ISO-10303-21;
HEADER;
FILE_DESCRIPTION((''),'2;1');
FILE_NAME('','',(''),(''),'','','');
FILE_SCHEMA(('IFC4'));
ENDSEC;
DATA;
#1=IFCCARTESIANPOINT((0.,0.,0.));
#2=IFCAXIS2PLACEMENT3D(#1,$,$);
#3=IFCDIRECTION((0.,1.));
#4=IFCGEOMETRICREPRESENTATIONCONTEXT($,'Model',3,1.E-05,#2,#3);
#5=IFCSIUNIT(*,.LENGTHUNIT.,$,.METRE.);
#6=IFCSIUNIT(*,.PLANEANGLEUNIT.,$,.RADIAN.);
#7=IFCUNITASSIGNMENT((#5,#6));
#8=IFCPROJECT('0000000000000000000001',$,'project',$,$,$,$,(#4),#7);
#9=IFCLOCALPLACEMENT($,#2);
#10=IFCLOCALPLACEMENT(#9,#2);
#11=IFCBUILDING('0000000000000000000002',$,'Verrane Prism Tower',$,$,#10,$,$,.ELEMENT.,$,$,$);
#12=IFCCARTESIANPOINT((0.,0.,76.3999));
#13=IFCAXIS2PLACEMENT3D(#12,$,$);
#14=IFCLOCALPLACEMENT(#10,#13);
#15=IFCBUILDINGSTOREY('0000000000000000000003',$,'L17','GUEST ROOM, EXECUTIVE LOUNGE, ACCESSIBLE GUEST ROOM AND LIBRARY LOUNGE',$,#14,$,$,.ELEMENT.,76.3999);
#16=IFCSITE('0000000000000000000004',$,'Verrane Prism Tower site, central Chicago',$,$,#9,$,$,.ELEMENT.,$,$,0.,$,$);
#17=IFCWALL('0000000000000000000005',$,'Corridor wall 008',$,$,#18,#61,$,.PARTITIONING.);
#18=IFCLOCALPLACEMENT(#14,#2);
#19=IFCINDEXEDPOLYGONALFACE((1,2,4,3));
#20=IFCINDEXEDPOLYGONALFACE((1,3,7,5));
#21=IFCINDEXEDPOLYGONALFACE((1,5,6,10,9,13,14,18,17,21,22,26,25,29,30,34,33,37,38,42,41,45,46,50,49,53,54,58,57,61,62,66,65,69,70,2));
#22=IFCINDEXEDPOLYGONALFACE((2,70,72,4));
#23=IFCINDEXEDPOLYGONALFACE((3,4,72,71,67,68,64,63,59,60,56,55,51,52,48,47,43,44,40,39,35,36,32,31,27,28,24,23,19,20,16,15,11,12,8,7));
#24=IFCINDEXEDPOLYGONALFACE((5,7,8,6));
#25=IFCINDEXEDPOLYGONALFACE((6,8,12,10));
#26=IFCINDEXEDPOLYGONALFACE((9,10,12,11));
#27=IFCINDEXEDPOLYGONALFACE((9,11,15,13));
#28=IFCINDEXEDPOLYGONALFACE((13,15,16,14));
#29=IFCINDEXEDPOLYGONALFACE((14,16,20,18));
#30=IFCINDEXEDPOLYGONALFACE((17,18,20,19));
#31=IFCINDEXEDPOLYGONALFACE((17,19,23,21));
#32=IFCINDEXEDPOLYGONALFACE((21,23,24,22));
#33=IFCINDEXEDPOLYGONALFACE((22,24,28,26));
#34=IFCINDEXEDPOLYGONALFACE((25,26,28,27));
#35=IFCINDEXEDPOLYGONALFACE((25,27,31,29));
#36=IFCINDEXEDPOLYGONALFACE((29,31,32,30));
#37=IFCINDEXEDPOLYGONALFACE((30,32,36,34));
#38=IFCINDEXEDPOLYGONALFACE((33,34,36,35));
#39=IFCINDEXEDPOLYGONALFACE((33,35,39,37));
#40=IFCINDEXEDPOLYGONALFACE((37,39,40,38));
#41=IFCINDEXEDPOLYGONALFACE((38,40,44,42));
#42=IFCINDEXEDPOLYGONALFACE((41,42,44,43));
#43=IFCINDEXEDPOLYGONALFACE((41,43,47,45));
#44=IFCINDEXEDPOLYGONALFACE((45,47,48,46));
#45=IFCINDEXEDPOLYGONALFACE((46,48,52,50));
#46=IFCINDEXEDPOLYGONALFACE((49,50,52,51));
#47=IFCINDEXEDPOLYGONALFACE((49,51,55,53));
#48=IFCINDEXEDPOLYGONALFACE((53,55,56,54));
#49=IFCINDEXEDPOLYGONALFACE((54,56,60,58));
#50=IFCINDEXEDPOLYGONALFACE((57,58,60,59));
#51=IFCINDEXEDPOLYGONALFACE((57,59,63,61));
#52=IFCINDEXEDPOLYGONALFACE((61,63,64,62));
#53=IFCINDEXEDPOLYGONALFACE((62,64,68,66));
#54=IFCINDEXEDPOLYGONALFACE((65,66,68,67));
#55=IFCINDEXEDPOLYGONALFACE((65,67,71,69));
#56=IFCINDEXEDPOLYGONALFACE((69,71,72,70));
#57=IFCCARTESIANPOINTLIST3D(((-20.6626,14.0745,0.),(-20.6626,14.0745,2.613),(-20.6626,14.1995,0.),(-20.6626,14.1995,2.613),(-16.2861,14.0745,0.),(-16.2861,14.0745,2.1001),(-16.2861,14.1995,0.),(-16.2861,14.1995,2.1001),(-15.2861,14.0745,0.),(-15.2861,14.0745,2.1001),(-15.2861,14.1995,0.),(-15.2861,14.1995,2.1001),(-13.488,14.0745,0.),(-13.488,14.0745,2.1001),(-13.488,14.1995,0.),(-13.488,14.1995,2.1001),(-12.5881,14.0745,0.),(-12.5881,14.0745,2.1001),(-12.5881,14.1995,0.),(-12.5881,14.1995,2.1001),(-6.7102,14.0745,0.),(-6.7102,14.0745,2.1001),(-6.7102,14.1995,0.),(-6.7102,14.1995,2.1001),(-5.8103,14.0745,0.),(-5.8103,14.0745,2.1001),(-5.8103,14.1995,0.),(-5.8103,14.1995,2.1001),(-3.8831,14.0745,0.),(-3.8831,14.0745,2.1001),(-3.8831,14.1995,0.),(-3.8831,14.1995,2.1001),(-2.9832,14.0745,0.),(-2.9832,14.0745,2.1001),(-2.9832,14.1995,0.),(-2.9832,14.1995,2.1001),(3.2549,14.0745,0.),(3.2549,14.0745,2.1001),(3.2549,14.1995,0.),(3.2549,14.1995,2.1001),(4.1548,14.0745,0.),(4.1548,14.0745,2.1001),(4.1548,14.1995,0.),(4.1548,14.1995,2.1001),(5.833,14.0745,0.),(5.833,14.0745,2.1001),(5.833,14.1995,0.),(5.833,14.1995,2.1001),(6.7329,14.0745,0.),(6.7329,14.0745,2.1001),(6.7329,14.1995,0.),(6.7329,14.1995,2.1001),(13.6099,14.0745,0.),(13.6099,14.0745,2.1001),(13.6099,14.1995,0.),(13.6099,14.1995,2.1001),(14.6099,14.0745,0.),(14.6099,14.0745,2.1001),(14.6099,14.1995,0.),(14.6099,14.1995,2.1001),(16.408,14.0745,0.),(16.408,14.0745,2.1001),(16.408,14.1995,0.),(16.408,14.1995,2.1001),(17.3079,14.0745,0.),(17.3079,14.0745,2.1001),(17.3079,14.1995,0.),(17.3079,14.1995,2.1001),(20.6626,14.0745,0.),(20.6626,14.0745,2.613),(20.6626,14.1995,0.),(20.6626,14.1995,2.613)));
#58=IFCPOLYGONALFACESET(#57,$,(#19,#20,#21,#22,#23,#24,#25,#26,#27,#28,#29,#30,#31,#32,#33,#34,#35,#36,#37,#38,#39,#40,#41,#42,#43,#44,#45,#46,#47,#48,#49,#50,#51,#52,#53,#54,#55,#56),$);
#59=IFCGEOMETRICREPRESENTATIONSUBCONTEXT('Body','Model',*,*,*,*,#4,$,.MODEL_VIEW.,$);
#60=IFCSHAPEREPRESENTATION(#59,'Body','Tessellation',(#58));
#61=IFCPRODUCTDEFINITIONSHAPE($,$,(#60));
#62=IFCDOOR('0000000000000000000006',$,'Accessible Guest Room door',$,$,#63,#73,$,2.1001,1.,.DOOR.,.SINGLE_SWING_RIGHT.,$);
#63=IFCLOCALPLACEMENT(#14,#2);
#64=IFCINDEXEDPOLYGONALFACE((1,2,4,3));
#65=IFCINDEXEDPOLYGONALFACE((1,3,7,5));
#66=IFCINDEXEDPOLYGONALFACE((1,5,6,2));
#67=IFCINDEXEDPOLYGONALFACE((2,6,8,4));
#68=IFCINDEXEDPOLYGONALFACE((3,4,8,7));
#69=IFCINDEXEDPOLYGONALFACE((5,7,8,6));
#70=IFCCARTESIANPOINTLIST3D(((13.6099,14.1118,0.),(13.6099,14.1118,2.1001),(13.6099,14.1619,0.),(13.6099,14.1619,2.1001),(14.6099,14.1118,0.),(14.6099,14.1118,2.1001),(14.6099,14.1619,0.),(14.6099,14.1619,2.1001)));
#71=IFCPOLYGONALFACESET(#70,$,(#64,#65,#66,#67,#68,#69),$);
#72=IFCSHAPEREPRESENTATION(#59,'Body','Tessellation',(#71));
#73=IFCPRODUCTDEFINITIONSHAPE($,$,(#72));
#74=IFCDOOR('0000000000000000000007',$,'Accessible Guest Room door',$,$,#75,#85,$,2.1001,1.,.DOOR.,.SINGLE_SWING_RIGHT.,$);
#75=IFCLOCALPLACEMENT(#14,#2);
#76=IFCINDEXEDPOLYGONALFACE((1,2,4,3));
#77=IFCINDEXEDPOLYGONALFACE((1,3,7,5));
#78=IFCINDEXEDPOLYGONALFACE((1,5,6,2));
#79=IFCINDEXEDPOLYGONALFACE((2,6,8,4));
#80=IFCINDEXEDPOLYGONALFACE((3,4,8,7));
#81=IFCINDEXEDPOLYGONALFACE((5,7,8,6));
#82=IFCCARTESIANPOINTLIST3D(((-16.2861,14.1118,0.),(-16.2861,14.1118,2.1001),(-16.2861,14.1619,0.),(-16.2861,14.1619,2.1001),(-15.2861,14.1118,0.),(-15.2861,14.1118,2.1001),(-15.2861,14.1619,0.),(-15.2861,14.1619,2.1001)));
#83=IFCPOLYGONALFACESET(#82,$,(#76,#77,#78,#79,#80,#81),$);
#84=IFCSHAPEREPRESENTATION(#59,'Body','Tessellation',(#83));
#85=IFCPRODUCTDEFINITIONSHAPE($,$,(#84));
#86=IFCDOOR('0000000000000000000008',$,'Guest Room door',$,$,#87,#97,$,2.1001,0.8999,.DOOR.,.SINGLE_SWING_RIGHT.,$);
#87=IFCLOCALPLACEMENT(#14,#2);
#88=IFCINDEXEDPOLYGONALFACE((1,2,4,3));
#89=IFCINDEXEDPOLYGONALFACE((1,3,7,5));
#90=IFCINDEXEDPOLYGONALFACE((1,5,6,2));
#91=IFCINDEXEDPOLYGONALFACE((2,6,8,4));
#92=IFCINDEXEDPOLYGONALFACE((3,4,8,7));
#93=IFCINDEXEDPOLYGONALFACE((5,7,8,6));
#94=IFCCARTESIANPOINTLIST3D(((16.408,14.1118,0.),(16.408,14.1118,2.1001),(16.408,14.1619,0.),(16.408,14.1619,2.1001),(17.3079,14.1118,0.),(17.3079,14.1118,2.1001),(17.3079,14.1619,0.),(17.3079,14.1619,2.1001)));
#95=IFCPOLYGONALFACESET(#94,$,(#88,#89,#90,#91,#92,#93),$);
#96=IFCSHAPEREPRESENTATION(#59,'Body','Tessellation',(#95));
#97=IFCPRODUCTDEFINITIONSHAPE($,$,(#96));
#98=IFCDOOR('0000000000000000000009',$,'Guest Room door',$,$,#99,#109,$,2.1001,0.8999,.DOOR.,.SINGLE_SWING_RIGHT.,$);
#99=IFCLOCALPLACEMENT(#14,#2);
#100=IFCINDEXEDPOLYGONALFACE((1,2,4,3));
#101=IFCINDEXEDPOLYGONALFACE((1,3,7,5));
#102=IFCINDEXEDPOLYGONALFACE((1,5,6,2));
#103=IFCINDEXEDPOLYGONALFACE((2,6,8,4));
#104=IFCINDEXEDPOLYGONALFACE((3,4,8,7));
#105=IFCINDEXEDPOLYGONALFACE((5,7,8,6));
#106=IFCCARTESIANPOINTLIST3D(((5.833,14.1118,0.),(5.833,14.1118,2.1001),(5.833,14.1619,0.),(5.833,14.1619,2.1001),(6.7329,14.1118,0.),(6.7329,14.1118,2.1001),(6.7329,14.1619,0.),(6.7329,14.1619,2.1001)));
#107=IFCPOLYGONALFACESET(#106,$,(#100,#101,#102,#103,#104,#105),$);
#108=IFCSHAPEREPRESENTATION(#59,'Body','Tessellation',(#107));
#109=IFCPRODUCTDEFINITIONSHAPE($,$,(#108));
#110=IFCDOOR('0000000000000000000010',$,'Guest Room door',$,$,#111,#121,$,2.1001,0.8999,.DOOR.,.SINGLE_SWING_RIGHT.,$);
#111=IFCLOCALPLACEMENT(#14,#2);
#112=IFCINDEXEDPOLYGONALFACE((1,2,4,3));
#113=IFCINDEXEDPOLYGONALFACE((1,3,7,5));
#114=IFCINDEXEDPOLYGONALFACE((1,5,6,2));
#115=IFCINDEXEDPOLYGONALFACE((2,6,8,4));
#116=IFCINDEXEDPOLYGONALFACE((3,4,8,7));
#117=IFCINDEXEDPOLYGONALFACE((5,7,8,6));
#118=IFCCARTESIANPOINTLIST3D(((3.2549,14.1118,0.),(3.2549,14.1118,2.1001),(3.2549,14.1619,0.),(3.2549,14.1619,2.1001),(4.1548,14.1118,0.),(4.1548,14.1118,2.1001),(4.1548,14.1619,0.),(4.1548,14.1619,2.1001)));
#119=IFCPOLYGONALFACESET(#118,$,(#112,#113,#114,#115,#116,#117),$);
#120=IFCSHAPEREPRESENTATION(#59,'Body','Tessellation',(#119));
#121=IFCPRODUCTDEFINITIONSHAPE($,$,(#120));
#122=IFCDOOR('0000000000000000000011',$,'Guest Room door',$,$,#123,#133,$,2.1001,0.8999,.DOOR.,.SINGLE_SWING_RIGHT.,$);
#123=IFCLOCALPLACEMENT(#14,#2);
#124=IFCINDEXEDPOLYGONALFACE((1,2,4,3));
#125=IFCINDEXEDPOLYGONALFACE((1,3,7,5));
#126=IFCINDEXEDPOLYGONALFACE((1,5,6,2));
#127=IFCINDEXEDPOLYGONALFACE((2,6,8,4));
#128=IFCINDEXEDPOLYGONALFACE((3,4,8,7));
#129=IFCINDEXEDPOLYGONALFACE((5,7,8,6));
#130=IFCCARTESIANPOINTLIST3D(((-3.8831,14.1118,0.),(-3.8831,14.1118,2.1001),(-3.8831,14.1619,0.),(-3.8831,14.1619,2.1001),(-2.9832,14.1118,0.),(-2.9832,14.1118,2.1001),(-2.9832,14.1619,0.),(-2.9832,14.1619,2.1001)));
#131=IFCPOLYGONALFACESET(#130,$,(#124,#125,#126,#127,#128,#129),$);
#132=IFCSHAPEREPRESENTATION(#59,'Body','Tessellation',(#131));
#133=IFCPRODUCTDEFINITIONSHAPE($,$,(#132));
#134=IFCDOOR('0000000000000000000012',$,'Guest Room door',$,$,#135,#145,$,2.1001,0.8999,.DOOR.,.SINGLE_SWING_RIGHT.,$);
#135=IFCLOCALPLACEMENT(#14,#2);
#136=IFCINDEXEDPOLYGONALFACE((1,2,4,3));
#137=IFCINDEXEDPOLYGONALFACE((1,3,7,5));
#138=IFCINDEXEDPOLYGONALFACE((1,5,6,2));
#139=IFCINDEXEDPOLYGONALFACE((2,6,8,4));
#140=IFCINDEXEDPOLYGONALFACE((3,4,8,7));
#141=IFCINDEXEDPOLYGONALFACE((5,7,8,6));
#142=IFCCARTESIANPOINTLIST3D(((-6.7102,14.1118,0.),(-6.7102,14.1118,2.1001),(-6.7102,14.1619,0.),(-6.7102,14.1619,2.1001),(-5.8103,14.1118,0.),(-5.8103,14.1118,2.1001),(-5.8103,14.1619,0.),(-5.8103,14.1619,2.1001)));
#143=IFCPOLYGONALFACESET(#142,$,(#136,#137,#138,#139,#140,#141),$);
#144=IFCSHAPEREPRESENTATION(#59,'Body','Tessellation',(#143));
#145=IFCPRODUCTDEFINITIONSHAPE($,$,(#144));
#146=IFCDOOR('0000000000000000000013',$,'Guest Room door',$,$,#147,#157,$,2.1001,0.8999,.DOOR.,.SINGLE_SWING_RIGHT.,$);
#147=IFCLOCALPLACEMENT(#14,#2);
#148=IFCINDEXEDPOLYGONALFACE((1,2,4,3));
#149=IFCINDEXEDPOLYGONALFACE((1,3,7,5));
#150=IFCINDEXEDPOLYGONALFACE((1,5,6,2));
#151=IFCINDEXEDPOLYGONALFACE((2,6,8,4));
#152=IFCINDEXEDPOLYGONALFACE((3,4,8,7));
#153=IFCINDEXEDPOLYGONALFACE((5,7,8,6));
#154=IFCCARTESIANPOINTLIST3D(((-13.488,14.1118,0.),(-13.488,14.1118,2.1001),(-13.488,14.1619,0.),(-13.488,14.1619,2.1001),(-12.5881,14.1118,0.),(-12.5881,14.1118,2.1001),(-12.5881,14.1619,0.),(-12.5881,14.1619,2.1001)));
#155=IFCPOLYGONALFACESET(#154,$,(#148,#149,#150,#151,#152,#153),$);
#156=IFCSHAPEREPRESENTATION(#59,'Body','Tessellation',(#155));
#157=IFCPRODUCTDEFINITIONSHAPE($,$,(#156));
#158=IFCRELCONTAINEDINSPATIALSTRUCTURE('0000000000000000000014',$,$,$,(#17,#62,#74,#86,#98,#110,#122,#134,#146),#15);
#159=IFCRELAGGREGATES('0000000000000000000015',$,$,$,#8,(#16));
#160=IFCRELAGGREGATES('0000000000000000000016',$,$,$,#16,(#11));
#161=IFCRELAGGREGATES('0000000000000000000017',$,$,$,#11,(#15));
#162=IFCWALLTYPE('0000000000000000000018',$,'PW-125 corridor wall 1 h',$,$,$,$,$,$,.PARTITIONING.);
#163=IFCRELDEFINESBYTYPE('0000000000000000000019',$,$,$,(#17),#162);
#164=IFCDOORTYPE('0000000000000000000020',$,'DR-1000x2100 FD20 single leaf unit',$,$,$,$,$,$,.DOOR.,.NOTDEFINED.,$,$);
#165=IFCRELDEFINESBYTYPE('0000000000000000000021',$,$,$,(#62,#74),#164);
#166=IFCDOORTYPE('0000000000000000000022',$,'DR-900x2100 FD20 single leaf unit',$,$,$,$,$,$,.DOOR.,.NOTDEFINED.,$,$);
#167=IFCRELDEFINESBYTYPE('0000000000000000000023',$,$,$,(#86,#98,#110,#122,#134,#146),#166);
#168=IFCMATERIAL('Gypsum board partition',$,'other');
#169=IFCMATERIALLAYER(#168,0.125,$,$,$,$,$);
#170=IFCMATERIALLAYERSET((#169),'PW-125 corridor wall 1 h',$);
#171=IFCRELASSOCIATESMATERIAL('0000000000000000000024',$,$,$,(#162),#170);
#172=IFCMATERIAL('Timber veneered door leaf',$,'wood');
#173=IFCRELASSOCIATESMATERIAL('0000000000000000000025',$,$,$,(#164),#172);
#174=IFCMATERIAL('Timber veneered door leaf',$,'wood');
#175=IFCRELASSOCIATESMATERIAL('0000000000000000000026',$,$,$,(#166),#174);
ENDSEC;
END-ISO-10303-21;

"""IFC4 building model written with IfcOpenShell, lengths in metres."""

from ifc_helpers import new_model, si_unit, direction, frame, frame_2d, origin, place, context, subcontext, project, spatial, rectangle, extrude, material, layer, layer_set, type_object, element, fill, save


model = new_model("IFC4")

# Units and contexts
model_context = context("Model", 3, precision=1e-05, world=origin(), true_north=direction((0.0, 1.0)))
body_context = subcontext(model_context, "Body", "Model", "MODEL_VIEW")
ifc_project = project(units=[si_unit("LENGTHUNIT", "METRE"), si_unit("PLANEANGLEUNIT", "RADIAN")], contexts=[model_context])

# Site, building, storey
site_placement = place(None, origin())
site = spatial("IfcSite", under=ifc_project, at=site_placement, Name="Verrane Prism Tower site, central Chicago", CompositionType="ELEMENT", RefElevation=0.0)
building_placement = place(site_placement, origin())
building = spatial("IfcBuilding", under=site, at=building_placement, Name="Verrane Prism Tower", CompositionType="ELEMENT")
storey_placement = place(building_placement, frame((0.0, 0.0, 76.3999)))
storey = spatial("IfcBuildingStorey", under=building, at=storey_placement, Name="L17", Description="GUEST ROOM, EXECUTIVE LOUNGE, ACCESSIBLE GUEST ROOM AND LIBRARY LOUNGE", CompositionType="ELEMENT", Elevation=76.3999)

# Wall, openings, doors
ifc_material_1 = material(Name="Gypsum board partition", Category="other")
ifc_layer_1 = layer(ifc_material_1, 0.125)
ifc_layer_set_1 = layer_set([ifc_layer_1], Name="PW-125 corridor wall 1 h")
wall_type = type_object("IfcWallType", Name="PW-125 corridor wall 1 h", PredefinedType="PARTITIONING", material=ifc_layer_set_1)
wall_placement = place(storey_placement, frame((-20.6626, 14.137, 0.0), z_axis=(0.0, 0.0, 1.0), x_axis=(1.0, 0.0, 0.0)))
wall = element("IfcWall", 1, at=wall_placement, inside=storey, type_object=wall_type, Name="Corridor wall 008", PredefinedType="PARTITIONING", context=body_context, shape_type="SweptSolid", body=[
    extrude(rectangle(XDim=41.3252, YDim=0.125, at=frame_2d((20.6626, 0.0))), origin(), (0.0, 0.0, 1.0), 2.613),
])
opening_1_placement = place(wall_placement, frame((37.0706, 0.0, 0.0)))
opening_1 = element("IfcOpeningElement", 2, at=opening_1_placement, cuts=wall, PredefinedType="OPENING", context=body_context, shape_type="SweptSolid", body=[
    extrude(rectangle(XDim=0.8999, YDim=2.1001, at=frame_2d((0.45, 1.05))), frame((0.0, 0.0725, 0.0), z_axis=(0.0, -1.0, 0.0), x_axis=(1.0, 0.0, 0.0)), (0.0, 0.0, 1.0), 0.145),
])
opening_2_placement = place(wall_placement, frame((34.2725, 0.0, 0.0)))
opening_2 = element("IfcOpeningElement", 3, at=opening_2_placement, cuts=wall, PredefinedType="OPENING", context=body_context, shape_type="SweptSolid", body=[
    extrude(rectangle(XDim=1.0, YDim=2.1001, at=frame_2d((0.5, 1.05))), frame((0.0, 0.0725, 0.0), z_axis=(0.0, -1.0, 0.0), x_axis=(1.0, 0.0, 0.0)), (0.0, 0.0, 1.0), 0.145),
])
opening_3_placement = place(wall_placement, frame((26.4956, 0.0, 0.0)))
opening_3 = element("IfcOpeningElement", 4, at=opening_3_placement, cuts=wall, PredefinedType="OPENING", context=body_context, shape_type="SweptSolid", body=[
    extrude(rectangle(XDim=0.8999, YDim=2.1001, at=frame_2d((0.45, 1.05))), frame((0.0, 0.0725, 0.0), z_axis=(0.0, -1.0, 0.0), x_axis=(1.0, 0.0, 0.0)), (0.0, 0.0, 1.0), 0.145),
])
opening_4_placement = place(wall_placement, frame((23.9175, 0.0, 0.0)))
opening_4 = element("IfcOpeningElement", 5, at=opening_4_placement, cuts=wall, PredefinedType="OPENING", context=body_context, shape_type="SweptSolid", body=[
    extrude(rectangle(XDim=0.8999, YDim=2.1001, at=frame_2d((0.45, 1.05))), frame((0.0, 0.0725, 0.0), z_axis=(0.0, -1.0, 0.0), x_axis=(1.0, 0.0, 0.0)), (0.0, 0.0, 1.0), 0.145),
])
opening_5_placement = place(wall_placement, frame((16.7795, 0.0, 0.0)))
opening_5 = element("IfcOpeningElement", 6, at=opening_5_placement, cuts=wall, PredefinedType="OPENING", context=body_context, shape_type="SweptSolid", body=[
    extrude(rectangle(XDim=0.8999, YDim=2.1001, at=frame_2d((0.45, 1.05))), frame((0.0, 0.0725, 0.0), z_axis=(0.0, -1.0, 0.0), x_axis=(1.0, 0.0, 0.0)), (0.0, 0.0, 1.0), 0.145),
])
opening_6_placement = place(wall_placement, frame((13.9524, 0.0, 0.0)))
opening_6 = element("IfcOpeningElement", 7, at=opening_6_placement, cuts=wall, PredefinedType="OPENING", context=body_context, shape_type="SweptSolid", body=[
    extrude(rectangle(XDim=0.8999, YDim=2.1001, at=frame_2d((0.45, 1.05))), frame((0.0, 0.0725, 0.0), z_axis=(0.0, -1.0, 0.0), x_axis=(1.0, 0.0, 0.0)), (0.0, 0.0, 1.0), 0.145),
])
opening_7_placement = place(wall_placement, frame((7.1746, 0.0, 0.0)))
opening_7 = element("IfcOpeningElement", 8, at=opening_7_placement, cuts=wall, PredefinedType="OPENING", context=body_context, shape_type="SweptSolid", body=[
    extrude(rectangle(XDim=0.8999, YDim=2.1001, at=frame_2d((0.45, 1.05))), frame((0.0, 0.0725, 0.0), z_axis=(0.0, -1.0, 0.0), x_axis=(1.0, 0.0, 0.0)), (0.0, 0.0, 1.0), 0.145),
])
opening_8_placement = place(wall_placement, frame((4.3765, 0.0, 0.0)))
opening_8 = element("IfcOpeningElement", 9, at=opening_8_placement, cuts=wall, PredefinedType="OPENING", context=body_context, shape_type="SweptSolid", body=[
    extrude(rectangle(XDim=1.0, YDim=2.1001, at=frame_2d((0.5, 1.05))), frame((0.0, 0.0725, 0.0), z_axis=(0.0, -1.0, 0.0), x_axis=(1.0, 0.0, 0.0)), (0.0, 0.0, 1.0), 0.145),
])
ifc_material_2 = material(Name="Timber veneered door leaf", Category="wood")
door_type_1 = type_object("IfcDoorType", Name="DR-1000x2100 FD20 single leaf unit", OperationType="NOTDEFINED", PredefinedType="DOOR", material=ifc_material_2)
door_1_placement = place(opening_2_placement, origin())
door_1 = element("IfcDoor", 10, at=door_1_placement, inside=storey, type_object=door_type_1, Name="Accessible Guest Room door", OperationType="SINGLE_SWING_RIGHT", OverallHeight=2.1001, OverallWidth=1.0, PredefinedType="DOOR", context=body_context, shape_type="SweptSolid", body=[
    extrude(rectangle(XDim=1.0, YDim=2.1001, at=frame_2d((0.5, 1.05))), frame((0.0, 0.0249, 0.0), z_axis=(0.0, -1.0, 0.0), x_axis=(1.0, 0.0, 0.0)), (0.0, 0.0, 1.0), 0.05),
])
fill(opening_2, door_1)
door_2_placement = place(opening_8_placement, origin())
door_2 = element("IfcDoor", 11, at=door_2_placement, inside=storey, type_object=door_type_1, Name="Accessible Guest Room door", OperationType="SINGLE_SWING_RIGHT", OverallHeight=2.1001, OverallWidth=1.0, PredefinedType="DOOR", context=body_context, shape_type="SweptSolid", body=[
    extrude(rectangle(XDim=1.0, YDim=2.1001, at=frame_2d((0.5, 1.05))), frame((0.0, 0.0249, 0.0), z_axis=(0.0, -1.0, 0.0), x_axis=(1.0, 0.0, 0.0)), (0.0, 0.0, 1.0), 0.05),
])
fill(opening_8, door_2)
ifc_material_3 = material(Name="Timber veneered door leaf", Category="wood")
door_type_2 = type_object("IfcDoorType", Name="DR-900x2100 FD20 single leaf unit", OperationType="NOTDEFINED", PredefinedType="DOOR", material=ifc_material_3)
door_3_placement = place(opening_1_placement, origin())
door_3 = element("IfcDoor", 12, at=door_3_placement, inside=storey, type_object=door_type_2, Name="Guest Room door", OperationType="SINGLE_SWING_RIGHT", OverallHeight=2.1001, OverallWidth=0.8999, PredefinedType="DOOR", context=body_context, shape_type="SweptSolid", body=[
    extrude(rectangle(XDim=0.8999, YDim=2.1001, at=frame_2d((0.45, 1.05))), frame((0.0, 0.0249, 0.0), z_axis=(0.0, -1.0, 0.0), x_axis=(1.0, 0.0, 0.0)), (0.0, 0.0, 1.0), 0.05),
])
fill(opening_1, door_3)
door_4_placement = place(opening_3_placement, origin())
door_4 = element("IfcDoor", 13, at=door_4_placement, inside=storey, type_object=door_type_2, Name="Guest Room door", OperationType="SINGLE_SWING_RIGHT", OverallHeight=2.1001, OverallWidth=0.8999, PredefinedType="DOOR", context=body_context, shape_type="SweptSolid", body=[
    extrude(rectangle(XDim=0.8999, YDim=2.1001, at=frame_2d((0.45, 1.05))), frame((0.0, 0.0249, 0.0), z_axis=(0.0, -1.0, 0.0), x_axis=(1.0, 0.0, 0.0)), (0.0, 0.0, 1.0), 0.05),
])
fill(opening_3, door_4)
door_5_placement = place(opening_4_placement, origin())
door_5 = element("IfcDoor", 14, at=door_5_placement, inside=storey, type_object=door_type_2, Name="Guest Room door", OperationType="SINGLE_SWING_RIGHT", OverallHeight=2.1001, OverallWidth=0.8999, PredefinedType="DOOR", context=body_context, shape_type="SweptSolid", body=[
    extrude(rectangle(XDim=0.8999, YDim=2.1001, at=frame_2d((0.45, 1.05))), frame((0.0, 0.0249, 0.0), z_axis=(0.0, -1.0, 0.0), x_axis=(1.0, 0.0, 0.0)), (0.0, 0.0, 1.0), 0.05),
])
fill(opening_4, door_5)
door_6_placement = place(opening_5_placement, origin())
door_6 = element("IfcDoor", 15, at=door_6_placement, inside=storey, type_object=door_type_2, Name="Guest Room door", OperationType="SINGLE_SWING_RIGHT", OverallHeight=2.1001, OverallWidth=0.8999, PredefinedType="DOOR", context=body_context, shape_type="SweptSolid", body=[
    extrude(rectangle(XDim=0.8999, YDim=2.1001, at=frame_2d((0.45, 1.05))), frame((0.0, 0.0249, 0.0), z_axis=(0.0, -1.0, 0.0), x_axis=(1.0, 0.0, 0.0)), (0.0, 0.0, 1.0), 0.05),
])
fill(opening_5, door_6)
door_7_placement = place(opening_6_placement, origin())
door_7 = element("IfcDoor", 16, at=door_7_placement, inside=storey, type_object=door_type_2, Name="Guest Room door", OperationType="SINGLE_SWING_RIGHT", OverallHeight=2.1001, OverallWidth=0.8999, PredefinedType="DOOR", context=body_context, shape_type="SweptSolid", body=[
    extrude(rectangle(XDim=0.8999, YDim=2.1001, at=frame_2d((0.45, 1.05))), frame((0.0, 0.0249, 0.0), z_axis=(0.0, -1.0, 0.0), x_axis=(1.0, 0.0, 0.0)), (0.0, 0.0, 1.0), 0.05),
])
fill(opening_6, door_7)
door_8_placement = place(opening_7_placement, origin())
door_8 = element("IfcDoor", 17, at=door_8_placement, inside=storey, type_object=door_type_2, Name="Guest Room door", OperationType="SINGLE_SWING_RIGHT", OverallHeight=2.1001, OverallWidth=0.8999, PredefinedType="DOOR", context=body_context, shape_type="SweptSolid", body=[
    extrude(rectangle(XDim=0.8999, YDim=2.1001, at=frame_2d((0.45, 1.05))), frame((0.0, 0.0249, 0.0), z_axis=(0.0, -1.0, 0.0), x_axis=(1.0, 0.0, 0.0)), (0.0, 0.0, 1.0), 0.05),
])
fill(opening_7, door_8)

save(model, "model.ifc")
